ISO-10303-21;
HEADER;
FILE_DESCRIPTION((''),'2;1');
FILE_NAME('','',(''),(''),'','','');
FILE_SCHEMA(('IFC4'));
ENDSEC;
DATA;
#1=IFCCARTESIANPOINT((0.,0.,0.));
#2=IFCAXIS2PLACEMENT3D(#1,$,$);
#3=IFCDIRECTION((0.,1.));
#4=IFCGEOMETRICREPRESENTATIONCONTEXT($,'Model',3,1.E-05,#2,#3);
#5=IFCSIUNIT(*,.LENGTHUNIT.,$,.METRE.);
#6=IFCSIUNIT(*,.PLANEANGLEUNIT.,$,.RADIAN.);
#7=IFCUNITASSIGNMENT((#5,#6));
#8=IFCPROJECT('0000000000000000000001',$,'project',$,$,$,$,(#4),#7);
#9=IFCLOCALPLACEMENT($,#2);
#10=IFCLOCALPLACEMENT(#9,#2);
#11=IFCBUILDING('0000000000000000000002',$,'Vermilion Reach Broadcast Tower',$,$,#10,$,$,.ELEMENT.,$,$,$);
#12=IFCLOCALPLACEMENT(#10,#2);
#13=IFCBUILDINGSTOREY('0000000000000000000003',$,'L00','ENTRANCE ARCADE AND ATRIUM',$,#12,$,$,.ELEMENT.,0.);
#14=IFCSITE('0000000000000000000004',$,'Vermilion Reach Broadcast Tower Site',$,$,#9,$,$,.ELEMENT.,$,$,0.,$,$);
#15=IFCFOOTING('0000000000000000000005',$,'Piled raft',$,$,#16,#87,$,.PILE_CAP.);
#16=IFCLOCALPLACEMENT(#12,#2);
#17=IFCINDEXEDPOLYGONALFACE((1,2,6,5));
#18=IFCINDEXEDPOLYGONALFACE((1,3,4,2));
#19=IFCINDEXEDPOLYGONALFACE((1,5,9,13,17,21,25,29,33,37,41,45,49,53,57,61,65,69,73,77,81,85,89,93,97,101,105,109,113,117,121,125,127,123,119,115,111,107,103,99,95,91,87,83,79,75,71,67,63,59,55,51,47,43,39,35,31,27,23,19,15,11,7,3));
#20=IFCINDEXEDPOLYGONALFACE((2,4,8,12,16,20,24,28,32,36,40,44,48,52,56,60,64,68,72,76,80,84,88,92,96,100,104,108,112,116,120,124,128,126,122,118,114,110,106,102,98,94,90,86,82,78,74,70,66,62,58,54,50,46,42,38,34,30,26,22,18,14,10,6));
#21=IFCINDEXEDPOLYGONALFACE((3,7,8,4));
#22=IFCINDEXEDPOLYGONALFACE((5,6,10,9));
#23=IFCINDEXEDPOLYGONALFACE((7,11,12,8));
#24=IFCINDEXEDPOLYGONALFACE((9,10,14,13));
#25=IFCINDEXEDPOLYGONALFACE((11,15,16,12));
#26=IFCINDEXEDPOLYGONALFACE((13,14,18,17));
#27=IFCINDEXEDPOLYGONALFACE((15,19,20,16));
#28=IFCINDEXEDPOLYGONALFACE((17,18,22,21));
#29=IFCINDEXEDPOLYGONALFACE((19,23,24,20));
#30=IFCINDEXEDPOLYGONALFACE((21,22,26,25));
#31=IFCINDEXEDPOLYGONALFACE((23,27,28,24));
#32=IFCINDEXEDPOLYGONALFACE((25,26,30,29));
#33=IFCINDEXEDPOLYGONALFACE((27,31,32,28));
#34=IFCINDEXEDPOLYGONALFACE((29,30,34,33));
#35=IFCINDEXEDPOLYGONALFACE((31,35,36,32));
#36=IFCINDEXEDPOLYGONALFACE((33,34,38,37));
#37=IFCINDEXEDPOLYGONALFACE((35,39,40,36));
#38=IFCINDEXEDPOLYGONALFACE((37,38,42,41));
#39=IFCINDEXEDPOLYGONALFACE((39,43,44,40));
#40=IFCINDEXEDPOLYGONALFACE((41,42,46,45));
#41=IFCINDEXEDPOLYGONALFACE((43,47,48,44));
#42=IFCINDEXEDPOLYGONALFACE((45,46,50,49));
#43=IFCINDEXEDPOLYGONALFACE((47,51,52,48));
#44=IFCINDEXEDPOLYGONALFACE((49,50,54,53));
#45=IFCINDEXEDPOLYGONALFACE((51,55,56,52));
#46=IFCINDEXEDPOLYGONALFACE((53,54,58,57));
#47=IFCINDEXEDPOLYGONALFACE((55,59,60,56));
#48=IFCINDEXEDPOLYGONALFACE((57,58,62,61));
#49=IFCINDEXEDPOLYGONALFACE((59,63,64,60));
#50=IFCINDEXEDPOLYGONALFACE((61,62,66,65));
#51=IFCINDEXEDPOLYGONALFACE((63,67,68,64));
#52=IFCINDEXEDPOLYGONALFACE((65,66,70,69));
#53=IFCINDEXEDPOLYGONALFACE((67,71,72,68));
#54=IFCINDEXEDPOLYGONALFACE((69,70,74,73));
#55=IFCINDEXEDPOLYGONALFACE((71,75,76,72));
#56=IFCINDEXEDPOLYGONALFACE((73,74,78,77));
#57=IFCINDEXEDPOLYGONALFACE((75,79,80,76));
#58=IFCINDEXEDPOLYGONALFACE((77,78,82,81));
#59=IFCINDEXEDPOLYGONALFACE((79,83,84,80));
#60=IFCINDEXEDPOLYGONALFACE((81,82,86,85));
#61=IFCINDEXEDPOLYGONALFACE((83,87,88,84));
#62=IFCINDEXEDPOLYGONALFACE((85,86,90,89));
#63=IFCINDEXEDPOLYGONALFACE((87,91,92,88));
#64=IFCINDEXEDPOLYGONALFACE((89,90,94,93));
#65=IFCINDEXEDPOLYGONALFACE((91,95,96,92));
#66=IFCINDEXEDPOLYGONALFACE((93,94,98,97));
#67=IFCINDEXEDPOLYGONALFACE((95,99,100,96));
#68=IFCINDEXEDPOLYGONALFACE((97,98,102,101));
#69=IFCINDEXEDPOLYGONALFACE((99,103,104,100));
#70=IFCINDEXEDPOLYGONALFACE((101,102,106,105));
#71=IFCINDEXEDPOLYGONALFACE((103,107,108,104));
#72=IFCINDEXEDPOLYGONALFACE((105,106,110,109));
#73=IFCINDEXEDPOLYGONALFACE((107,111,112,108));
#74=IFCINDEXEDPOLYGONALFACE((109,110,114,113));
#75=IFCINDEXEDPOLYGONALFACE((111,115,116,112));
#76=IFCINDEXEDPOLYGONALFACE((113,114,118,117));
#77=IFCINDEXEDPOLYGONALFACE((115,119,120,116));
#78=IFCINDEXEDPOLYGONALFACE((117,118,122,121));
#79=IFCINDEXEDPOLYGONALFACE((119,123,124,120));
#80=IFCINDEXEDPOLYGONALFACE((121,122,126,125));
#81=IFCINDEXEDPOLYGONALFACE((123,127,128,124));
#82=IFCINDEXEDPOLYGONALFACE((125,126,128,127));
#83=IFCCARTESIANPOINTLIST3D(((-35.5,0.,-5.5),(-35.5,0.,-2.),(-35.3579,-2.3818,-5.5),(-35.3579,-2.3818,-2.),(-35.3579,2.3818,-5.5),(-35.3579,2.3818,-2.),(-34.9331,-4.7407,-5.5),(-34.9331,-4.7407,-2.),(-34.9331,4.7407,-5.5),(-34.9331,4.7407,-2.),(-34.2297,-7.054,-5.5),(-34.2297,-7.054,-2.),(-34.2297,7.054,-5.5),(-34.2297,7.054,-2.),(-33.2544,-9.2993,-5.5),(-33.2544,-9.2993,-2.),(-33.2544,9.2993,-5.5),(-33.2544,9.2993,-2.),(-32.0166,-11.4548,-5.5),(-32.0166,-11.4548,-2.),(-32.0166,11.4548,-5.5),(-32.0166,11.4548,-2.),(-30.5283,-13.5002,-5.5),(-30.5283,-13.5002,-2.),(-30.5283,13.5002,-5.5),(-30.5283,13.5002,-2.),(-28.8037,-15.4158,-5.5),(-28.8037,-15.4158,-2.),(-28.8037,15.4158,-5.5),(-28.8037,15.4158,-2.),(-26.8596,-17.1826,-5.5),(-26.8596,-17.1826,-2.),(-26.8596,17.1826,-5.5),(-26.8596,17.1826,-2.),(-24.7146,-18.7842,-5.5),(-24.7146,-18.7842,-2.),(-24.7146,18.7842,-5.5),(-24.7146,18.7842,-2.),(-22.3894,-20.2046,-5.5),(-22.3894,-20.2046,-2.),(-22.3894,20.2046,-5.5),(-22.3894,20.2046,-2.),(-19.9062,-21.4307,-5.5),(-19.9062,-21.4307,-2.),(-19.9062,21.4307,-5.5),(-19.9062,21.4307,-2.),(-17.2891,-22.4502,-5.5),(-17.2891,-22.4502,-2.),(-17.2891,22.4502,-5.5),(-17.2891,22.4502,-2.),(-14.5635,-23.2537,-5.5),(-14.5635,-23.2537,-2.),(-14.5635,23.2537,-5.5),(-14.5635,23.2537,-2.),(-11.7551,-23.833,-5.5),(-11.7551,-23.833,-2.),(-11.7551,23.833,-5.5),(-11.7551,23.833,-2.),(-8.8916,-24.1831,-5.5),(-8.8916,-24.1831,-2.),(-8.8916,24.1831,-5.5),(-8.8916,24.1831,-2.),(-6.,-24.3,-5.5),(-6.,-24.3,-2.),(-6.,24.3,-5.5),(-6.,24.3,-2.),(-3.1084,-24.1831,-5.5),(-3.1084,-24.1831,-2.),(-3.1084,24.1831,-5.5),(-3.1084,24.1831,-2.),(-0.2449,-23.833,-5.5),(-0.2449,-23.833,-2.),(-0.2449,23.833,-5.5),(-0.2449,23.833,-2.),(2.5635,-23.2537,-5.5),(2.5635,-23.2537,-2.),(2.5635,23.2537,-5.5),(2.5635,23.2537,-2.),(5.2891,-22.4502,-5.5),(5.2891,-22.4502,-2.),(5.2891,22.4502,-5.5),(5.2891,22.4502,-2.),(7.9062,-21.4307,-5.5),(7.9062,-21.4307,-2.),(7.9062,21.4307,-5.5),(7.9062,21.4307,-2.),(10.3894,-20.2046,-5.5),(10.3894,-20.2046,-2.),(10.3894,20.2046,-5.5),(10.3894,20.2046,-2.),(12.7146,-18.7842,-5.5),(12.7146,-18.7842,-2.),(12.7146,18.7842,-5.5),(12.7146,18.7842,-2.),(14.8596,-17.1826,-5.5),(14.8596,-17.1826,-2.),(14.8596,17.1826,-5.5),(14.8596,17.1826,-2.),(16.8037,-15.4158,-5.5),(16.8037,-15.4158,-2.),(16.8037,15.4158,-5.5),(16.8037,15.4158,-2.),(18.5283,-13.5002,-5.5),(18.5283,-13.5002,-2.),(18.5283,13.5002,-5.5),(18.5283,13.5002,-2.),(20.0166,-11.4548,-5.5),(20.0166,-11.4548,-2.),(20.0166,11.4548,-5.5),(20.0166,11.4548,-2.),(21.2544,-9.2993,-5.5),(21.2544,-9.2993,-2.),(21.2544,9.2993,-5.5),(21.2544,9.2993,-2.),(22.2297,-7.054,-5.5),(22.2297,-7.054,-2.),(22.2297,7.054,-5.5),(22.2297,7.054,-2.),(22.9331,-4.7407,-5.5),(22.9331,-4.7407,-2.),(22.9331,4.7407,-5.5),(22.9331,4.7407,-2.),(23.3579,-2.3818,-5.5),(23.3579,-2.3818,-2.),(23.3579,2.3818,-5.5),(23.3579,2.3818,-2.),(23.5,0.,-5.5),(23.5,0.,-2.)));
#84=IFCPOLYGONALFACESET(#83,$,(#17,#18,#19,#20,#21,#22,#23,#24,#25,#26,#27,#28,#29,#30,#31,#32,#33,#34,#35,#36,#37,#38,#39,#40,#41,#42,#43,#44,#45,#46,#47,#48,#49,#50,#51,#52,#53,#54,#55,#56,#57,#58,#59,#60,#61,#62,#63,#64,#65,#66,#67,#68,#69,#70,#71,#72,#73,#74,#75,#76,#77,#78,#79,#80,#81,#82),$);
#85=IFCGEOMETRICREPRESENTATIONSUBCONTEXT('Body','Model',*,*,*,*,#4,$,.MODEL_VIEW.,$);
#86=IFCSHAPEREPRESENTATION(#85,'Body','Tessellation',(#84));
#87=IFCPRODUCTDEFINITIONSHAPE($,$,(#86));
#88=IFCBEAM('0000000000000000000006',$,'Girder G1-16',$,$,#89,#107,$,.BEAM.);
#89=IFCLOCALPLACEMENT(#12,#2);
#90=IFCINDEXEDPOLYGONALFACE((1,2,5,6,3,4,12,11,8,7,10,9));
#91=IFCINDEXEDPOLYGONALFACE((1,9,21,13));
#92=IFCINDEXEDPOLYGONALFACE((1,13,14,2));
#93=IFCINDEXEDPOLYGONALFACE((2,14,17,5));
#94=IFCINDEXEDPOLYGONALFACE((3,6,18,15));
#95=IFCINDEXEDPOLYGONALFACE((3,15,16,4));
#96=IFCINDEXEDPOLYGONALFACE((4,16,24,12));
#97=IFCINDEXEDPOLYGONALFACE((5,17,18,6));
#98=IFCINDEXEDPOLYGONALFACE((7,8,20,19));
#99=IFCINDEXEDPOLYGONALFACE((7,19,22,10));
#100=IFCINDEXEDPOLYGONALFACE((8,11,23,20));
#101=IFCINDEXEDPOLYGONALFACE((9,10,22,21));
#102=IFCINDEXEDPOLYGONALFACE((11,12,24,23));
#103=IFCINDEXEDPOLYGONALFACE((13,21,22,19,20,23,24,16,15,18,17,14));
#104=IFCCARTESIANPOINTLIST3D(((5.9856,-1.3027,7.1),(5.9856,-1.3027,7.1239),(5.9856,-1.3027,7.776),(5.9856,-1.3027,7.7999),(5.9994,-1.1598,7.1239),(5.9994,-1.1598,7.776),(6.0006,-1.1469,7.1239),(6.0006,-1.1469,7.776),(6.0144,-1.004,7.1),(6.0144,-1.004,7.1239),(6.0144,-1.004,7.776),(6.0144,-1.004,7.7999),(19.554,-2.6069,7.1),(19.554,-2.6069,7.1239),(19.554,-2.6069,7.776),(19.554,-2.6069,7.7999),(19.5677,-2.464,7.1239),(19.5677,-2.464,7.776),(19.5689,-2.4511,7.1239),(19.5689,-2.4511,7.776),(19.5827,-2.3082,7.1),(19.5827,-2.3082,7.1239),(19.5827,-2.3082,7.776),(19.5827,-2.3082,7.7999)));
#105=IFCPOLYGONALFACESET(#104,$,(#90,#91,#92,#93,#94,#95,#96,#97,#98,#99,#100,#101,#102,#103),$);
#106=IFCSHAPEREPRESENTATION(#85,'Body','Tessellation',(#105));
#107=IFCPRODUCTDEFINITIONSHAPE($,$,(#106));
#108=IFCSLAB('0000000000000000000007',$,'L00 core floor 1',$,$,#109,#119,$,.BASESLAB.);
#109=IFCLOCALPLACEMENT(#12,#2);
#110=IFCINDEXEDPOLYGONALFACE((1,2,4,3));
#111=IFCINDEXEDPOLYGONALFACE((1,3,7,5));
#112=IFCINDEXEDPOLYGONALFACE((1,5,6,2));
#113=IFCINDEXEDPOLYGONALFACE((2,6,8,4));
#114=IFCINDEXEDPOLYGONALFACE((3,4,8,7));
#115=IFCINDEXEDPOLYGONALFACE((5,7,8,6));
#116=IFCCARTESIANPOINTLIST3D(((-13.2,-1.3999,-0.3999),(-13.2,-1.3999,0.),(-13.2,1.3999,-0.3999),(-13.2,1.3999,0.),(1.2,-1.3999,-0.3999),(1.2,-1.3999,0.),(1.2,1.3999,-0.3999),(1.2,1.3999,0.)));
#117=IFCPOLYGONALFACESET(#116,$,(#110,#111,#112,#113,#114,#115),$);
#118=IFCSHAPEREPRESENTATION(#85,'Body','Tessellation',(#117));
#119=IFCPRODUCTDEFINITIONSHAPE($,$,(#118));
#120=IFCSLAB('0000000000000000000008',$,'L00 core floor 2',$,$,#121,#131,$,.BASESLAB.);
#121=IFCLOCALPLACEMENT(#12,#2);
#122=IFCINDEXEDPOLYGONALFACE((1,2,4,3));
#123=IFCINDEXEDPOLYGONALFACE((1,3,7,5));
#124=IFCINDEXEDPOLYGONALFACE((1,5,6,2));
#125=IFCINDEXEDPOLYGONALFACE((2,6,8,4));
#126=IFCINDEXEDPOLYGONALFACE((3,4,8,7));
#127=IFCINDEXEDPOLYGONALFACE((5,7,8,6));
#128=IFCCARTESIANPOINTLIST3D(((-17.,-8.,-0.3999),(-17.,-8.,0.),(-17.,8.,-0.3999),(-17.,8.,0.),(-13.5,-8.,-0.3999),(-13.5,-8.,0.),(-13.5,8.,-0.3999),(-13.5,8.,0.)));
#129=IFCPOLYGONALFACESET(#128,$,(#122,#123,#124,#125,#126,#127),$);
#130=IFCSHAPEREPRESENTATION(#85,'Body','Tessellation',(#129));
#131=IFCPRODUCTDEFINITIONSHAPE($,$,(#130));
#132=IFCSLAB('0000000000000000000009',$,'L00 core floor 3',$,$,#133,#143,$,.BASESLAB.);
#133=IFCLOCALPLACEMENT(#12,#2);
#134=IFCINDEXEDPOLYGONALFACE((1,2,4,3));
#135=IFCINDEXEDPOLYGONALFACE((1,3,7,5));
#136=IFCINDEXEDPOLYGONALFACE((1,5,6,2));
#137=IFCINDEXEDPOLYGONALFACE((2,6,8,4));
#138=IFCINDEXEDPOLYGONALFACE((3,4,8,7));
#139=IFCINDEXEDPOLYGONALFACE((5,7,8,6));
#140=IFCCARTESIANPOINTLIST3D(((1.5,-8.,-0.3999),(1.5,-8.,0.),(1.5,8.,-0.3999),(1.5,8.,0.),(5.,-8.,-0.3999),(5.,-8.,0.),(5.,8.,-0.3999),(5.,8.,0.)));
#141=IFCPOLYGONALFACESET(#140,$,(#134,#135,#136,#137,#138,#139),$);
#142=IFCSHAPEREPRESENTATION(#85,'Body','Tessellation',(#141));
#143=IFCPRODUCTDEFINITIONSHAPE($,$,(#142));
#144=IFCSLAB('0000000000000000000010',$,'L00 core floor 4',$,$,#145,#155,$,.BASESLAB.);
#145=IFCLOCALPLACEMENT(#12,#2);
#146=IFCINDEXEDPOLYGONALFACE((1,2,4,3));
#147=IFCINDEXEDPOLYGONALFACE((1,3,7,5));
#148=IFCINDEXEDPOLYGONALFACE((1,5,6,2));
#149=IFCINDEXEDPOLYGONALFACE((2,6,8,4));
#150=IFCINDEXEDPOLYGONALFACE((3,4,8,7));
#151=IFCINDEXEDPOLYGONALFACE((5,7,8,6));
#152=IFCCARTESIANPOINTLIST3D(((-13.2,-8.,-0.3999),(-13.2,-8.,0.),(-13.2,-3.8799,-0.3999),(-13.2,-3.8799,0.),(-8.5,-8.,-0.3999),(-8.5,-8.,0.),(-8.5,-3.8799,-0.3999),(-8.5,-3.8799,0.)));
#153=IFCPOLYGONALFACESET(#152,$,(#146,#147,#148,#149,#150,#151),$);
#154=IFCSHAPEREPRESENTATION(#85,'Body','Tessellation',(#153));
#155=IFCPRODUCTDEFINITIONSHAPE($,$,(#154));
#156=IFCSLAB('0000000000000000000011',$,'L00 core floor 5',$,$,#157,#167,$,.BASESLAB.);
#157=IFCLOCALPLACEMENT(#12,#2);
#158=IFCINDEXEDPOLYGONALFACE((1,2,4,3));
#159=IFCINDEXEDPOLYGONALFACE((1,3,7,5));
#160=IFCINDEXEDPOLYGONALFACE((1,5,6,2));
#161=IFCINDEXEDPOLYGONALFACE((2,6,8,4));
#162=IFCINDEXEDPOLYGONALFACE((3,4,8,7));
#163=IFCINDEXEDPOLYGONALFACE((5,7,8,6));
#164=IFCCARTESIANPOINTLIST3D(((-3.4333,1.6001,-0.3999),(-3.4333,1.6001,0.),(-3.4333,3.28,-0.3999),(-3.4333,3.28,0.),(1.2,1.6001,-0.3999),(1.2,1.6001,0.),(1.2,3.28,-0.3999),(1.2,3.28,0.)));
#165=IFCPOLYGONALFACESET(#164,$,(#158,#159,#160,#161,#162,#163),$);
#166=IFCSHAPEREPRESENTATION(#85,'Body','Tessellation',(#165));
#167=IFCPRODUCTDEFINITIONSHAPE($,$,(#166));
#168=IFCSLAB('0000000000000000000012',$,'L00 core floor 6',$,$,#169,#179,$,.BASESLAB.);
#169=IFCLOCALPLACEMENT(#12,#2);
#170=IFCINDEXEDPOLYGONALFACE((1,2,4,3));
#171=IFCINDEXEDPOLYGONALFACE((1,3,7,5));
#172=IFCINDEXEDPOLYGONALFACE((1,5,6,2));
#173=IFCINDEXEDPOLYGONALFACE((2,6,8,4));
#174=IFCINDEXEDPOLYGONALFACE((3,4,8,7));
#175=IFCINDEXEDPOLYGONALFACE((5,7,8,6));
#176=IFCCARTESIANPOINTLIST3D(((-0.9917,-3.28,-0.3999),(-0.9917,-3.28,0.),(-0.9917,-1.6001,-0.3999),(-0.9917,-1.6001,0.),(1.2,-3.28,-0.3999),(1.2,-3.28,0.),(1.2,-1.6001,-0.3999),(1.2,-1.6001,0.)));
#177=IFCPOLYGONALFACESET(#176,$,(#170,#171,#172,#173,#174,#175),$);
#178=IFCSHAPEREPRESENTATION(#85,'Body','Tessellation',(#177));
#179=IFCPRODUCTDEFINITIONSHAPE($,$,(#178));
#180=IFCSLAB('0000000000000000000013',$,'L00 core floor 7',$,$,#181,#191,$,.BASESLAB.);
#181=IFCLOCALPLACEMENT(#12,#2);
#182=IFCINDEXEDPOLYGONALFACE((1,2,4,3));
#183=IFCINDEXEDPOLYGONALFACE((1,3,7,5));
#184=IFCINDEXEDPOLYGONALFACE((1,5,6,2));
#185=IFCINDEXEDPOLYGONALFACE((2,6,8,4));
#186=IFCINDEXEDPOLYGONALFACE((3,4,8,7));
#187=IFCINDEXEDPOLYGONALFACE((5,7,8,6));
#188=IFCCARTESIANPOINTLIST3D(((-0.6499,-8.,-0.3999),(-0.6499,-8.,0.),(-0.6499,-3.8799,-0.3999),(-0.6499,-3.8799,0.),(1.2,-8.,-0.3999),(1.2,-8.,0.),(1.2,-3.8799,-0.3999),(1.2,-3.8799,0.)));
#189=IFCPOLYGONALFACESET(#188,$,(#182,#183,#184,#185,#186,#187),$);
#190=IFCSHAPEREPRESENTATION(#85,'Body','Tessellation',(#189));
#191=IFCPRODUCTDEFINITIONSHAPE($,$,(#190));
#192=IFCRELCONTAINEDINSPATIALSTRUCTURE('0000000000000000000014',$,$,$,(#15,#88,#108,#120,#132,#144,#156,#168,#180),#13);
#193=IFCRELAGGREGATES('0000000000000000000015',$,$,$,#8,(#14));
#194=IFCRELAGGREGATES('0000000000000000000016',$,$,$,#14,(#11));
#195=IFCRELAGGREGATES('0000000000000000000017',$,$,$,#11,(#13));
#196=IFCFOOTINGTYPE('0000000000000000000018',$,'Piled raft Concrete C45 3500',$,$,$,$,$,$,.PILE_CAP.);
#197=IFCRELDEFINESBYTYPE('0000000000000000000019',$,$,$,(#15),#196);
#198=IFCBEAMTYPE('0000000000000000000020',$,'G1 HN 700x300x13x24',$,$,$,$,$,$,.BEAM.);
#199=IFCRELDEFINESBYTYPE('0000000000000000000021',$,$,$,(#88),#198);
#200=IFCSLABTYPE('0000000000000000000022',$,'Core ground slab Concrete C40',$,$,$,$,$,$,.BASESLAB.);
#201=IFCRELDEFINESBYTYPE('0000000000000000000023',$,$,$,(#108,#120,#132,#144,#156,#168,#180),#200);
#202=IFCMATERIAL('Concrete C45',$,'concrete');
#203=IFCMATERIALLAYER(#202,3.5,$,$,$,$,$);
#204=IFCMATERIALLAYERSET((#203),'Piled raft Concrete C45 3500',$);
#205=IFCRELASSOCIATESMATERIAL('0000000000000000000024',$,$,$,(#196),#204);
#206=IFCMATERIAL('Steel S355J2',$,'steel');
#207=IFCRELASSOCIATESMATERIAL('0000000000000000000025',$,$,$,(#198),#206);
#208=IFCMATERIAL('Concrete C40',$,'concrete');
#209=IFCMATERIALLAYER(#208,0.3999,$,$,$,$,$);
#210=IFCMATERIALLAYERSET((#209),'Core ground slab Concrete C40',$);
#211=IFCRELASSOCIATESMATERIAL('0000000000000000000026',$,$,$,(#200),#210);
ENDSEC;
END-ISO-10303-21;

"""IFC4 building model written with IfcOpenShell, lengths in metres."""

from ifc_helpers import new_model, si_unit, direction, frame, origin, origin_2d, place, context, subcontext, project, spatial, polyline, i_section, outline, extrude, material, layer, layer_set, material_profile, profile_set, type_object, element, save


model = new_model("IFC4")

# Units and contexts
model_context = context("Model", 3, precision=1e-05, world=origin(), true_north=direction((0.0, 1.0)))
body_context = subcontext(model_context, "Body", "Model", "MODEL_VIEW")
ifc_project = project(units=[si_unit("LENGTHUNIT", "METRE"), si_unit("PLANEANGLEUNIT", "RADIAN")], contexts=[model_context])

# Site, building, storey
site_placement = place(None, origin())
site = spatial("IfcSite", under=ifc_project, at=site_placement, Name="Vermilion Reach Broadcast Tower Site", CompositionType="ELEMENT", RefElevation=0.0)
building_placement = place(site_placement, origin())
building = spatial("IfcBuilding", under=site, at=building_placement, Name="Vermilion Reach Broadcast Tower", CompositionType="ELEMENT")
storey_placement = place(building_placement, origin())
storey = spatial("IfcBuildingStorey", under=building, at=storey_placement, Name="L00", Description="ENTRANCE ARCADE AND ATRIUM", CompositionType="ELEMENT", Elevation=0.0)

# Footing
ifc_material_1 = material(Name="Concrete C45", Category="concrete")
ifc_layer_1 = layer(ifc_material_1, 3.5)
ifc_layer_set_1 = layer_set([ifc_layer_1], Name="Piled raft Concrete C45 3500")
footing_type = type_object("IfcFootingType", Name="Piled raft Concrete C45 3500", PredefinedType="PILE_CAP", material=ifc_layer_set_1)
footing_placement = place(storey_placement, frame((0.0, 0.0, -5.5)))
element("IfcFooting", 1, at=footing_placement, inside=storey, type_object=footing_type, Name="Piled raft", PredefinedType="PILE_CAP", context=body_context, shape_type="SweptSolid", body=[
    extrude(outline(polyline([(23.5, 0.0), (23.3579, 2.3818), (22.9331, 4.7407), (22.2297, 7.054), (21.2544, 9.2993), (20.0166, 11.4548), (18.5283, 13.5002), (16.8037, 15.4158), (14.8596, 17.1826), (12.7146, 18.7842), (10.3894, 20.2046), (7.9062, 21.4307), (5.2891, 22.4502), (2.5635, 23.2537), (-0.2449, 23.833), (-3.1084, 24.1831), (-6.0, 24.3), (-8.8916, 24.1831), (-11.7551, 23.833), (-14.5635, 23.2537), (-17.2891, 22.4502), (-19.9062, 21.4307), (-22.3894, 20.2046), (-24.7146, 18.7842), (-26.8596, 17.1826), (-28.8037, 15.4158), (-30.5283, 13.5002), (-32.0166, 11.4548), (-33.2544, 9.2993), (-34.2297, 7.054), (-34.9331, 4.7407), (-35.3579, 2.3818), (-35.5, 0.0), (-35.3579, -2.3818), (-34.9331, -4.7407), (-34.2297, -7.054), (-33.2544, -9.2993), (-32.0166, -11.4548), (-30.5283, -13.5002), (-28.8037, -15.4158), (-26.8596, -17.1826), (-24.7146, -18.7842), (-22.3894, -20.2046), (-19.9062, -21.4307), (-17.2891, -22.4502), (-14.5635, -23.2537), (-11.7551, -23.833), (-8.8916, -24.1831), (-6.0, -24.3), (-3.1084, -24.1831), (-0.2449, -23.833), (2.5635, -23.2537), (5.2891, -22.4502), (7.9062, -21.4307), (10.3894, -20.2046), (12.7146, -18.7842), (14.8596, -17.1826), (16.8037, -15.4158), (18.5283, -13.5002), (20.0166, -11.4548), (21.2544, -9.2993), (22.2297, -7.054), (22.9331, -4.7407), (23.3579, -2.3818), (23.5, 0.0)])), origin(), (0.0, 0.0, 1.0), 3.5),
])

# Beam
ifc_material_2 = material(Name="Steel S355J2", Category="steel")
ifc_material_profile_1 = material_profile(ifc_material_2, i_section(OverallWidth=0.3, OverallDepth=0.7, WebThickness=0.0129, FlangeThickness=0.0239, at=origin_2d()), Name="S355J2 HN 700x300x13x24")
ifc_profile_set_1 = profile_set([ifc_material_profile_1], Name="Steel S355J2")
beam_type = type_object("IfcBeamType", Name="G1 HN 700x300x13x24", PredefinedType="BEAM", material=ifc_profile_set_1)
beam_placement = place(storey_placement, frame((6.0, -1.1533, 7.45), z_axis=(0.995412, -0.09568, 0.0), x_axis=(0.09568, 0.995412, 0.0)))
element("IfcBeam", 2, at=beam_placement, inside=storey, type_object=beam_type, Name="Girder G1-16", PredefinedType="BEAM", context=body_context, shape_type="SweptSolid", body=[
    extrude(i_section(OverallWidth=0.3, OverallDepth=0.7, WebThickness=0.0129, FlangeThickness=0.0239, at=origin_2d()), origin(), (0.0, 0.0, 1.0), 13.6309),
])

# Slabs
ifc_material_3 = material(Name="Concrete C40", Category="concrete")
ifc_layer_2 = layer(ifc_material_3, 0.3999)
ifc_layer_set_2 = layer_set([ifc_layer_2], Name="Core ground slab Concrete C40")
slab_type_1 = type_object("IfcSlabType", Name="Core ground slab Concrete C40", PredefinedType="BASESLAB", material=ifc_layer_set_2)
placement_1 = place(storey_placement, frame((0.0, 0.0, -0.3999)))
element("IfcSlab", 3, at=placement_1, inside=storey, type_object=slab_type_1, Name="L00 core floor 1", PredefinedType="BASESLAB", context=body_context, shape_type="SweptSolid", body=[
    extrude(outline(polyline([(-13.2, -1.3999), (1.2, -1.3999), (1.2, 1.3999), (-13.2, 1.3999), (-13.2, -1.3999)])), origin(), (0.0, 0.0, 1.0), 0.3999),
])
element("IfcSlab", 4, at=placement_1, inside=storey, type_object=slab_type_1, Name="L00 core floor 2", PredefinedType="BASESLAB", context=body_context, shape_type="SweptSolid", body=[
    extrude(outline(polyline([(-17.0, -8.0), (-13.5, -8.0), (-13.5, 8.0), (-17.0, 8.0), (-17.0, -8.0)])), origin(), (0.0, 0.0, 1.0), 0.3999),
])
element("IfcSlab", 5, at=placement_1, inside=storey, type_object=slab_type_1, Name="L00 core floor 3", PredefinedType="BASESLAB", context=body_context, shape_type="SweptSolid", body=[
    extrude(outline(polyline([(1.5, -8.0), (5.0, -8.0), (5.0, 8.0), (1.5, 8.0), (1.5, -8.0)])), origin(), (0.0, 0.0, 1.0), 0.3999),
])
element("IfcSlab", 6, at=placement_1, inside=storey, type_object=slab_type_1, Name="L00 core floor 4", PredefinedType="BASESLAB", context=body_context, shape_type="SweptSolid", body=[
    extrude(outline(polyline([(-13.2, -8.0), (-8.5, -8.0), (-8.5, -3.8799), (-13.2, -3.8799), (-13.2, -8.0)])), origin(), (0.0, 0.0, 1.0), 0.3999),
])
element("IfcSlab", 7, at=placement_1, inside=storey, type_object=slab_type_1, Name="L00 core floor 5", PredefinedType="BASESLAB", context=body_context, shape_type="SweptSolid", body=[
    extrude(outline(polyline([(-3.4333, 1.6001), (1.2, 1.6001), (1.2, 3.28), (-3.4333, 3.28), (-3.4333, 1.6001)])), origin(), (0.0, 0.0, 1.0), 0.3999),
])
element("IfcSlab", 8, at=placement_1, inside=storey, type_object=slab_type_1, Name="L00 core floor 6", PredefinedType="BASESLAB", context=body_context, shape_type="SweptSolid", body=[
    extrude(outline(polyline([(-0.9917, -3.28), (1.2, -3.28), (1.2, -1.6001), (-0.9917, -1.6001), (-0.9917, -3.28)])), origin(), (0.0, 0.0, 1.0), 0.3999),
])
element("IfcSlab", 9, at=placement_1, inside=storey, type_object=slab_type_1, Name="L00 core floor 7", PredefinedType="BASESLAB", context=body_context, shape_type="SweptSolid", body=[
    extrude(outline(polyline([(-0.6499, -8.0), (1.2, -8.0), (1.2, -3.8799), (-0.6499, -3.8799), (-0.6499, -8.0)])), origin(), (0.0, 0.0, 1.0), 0.3999),
])

save(model, "model.ifc")
